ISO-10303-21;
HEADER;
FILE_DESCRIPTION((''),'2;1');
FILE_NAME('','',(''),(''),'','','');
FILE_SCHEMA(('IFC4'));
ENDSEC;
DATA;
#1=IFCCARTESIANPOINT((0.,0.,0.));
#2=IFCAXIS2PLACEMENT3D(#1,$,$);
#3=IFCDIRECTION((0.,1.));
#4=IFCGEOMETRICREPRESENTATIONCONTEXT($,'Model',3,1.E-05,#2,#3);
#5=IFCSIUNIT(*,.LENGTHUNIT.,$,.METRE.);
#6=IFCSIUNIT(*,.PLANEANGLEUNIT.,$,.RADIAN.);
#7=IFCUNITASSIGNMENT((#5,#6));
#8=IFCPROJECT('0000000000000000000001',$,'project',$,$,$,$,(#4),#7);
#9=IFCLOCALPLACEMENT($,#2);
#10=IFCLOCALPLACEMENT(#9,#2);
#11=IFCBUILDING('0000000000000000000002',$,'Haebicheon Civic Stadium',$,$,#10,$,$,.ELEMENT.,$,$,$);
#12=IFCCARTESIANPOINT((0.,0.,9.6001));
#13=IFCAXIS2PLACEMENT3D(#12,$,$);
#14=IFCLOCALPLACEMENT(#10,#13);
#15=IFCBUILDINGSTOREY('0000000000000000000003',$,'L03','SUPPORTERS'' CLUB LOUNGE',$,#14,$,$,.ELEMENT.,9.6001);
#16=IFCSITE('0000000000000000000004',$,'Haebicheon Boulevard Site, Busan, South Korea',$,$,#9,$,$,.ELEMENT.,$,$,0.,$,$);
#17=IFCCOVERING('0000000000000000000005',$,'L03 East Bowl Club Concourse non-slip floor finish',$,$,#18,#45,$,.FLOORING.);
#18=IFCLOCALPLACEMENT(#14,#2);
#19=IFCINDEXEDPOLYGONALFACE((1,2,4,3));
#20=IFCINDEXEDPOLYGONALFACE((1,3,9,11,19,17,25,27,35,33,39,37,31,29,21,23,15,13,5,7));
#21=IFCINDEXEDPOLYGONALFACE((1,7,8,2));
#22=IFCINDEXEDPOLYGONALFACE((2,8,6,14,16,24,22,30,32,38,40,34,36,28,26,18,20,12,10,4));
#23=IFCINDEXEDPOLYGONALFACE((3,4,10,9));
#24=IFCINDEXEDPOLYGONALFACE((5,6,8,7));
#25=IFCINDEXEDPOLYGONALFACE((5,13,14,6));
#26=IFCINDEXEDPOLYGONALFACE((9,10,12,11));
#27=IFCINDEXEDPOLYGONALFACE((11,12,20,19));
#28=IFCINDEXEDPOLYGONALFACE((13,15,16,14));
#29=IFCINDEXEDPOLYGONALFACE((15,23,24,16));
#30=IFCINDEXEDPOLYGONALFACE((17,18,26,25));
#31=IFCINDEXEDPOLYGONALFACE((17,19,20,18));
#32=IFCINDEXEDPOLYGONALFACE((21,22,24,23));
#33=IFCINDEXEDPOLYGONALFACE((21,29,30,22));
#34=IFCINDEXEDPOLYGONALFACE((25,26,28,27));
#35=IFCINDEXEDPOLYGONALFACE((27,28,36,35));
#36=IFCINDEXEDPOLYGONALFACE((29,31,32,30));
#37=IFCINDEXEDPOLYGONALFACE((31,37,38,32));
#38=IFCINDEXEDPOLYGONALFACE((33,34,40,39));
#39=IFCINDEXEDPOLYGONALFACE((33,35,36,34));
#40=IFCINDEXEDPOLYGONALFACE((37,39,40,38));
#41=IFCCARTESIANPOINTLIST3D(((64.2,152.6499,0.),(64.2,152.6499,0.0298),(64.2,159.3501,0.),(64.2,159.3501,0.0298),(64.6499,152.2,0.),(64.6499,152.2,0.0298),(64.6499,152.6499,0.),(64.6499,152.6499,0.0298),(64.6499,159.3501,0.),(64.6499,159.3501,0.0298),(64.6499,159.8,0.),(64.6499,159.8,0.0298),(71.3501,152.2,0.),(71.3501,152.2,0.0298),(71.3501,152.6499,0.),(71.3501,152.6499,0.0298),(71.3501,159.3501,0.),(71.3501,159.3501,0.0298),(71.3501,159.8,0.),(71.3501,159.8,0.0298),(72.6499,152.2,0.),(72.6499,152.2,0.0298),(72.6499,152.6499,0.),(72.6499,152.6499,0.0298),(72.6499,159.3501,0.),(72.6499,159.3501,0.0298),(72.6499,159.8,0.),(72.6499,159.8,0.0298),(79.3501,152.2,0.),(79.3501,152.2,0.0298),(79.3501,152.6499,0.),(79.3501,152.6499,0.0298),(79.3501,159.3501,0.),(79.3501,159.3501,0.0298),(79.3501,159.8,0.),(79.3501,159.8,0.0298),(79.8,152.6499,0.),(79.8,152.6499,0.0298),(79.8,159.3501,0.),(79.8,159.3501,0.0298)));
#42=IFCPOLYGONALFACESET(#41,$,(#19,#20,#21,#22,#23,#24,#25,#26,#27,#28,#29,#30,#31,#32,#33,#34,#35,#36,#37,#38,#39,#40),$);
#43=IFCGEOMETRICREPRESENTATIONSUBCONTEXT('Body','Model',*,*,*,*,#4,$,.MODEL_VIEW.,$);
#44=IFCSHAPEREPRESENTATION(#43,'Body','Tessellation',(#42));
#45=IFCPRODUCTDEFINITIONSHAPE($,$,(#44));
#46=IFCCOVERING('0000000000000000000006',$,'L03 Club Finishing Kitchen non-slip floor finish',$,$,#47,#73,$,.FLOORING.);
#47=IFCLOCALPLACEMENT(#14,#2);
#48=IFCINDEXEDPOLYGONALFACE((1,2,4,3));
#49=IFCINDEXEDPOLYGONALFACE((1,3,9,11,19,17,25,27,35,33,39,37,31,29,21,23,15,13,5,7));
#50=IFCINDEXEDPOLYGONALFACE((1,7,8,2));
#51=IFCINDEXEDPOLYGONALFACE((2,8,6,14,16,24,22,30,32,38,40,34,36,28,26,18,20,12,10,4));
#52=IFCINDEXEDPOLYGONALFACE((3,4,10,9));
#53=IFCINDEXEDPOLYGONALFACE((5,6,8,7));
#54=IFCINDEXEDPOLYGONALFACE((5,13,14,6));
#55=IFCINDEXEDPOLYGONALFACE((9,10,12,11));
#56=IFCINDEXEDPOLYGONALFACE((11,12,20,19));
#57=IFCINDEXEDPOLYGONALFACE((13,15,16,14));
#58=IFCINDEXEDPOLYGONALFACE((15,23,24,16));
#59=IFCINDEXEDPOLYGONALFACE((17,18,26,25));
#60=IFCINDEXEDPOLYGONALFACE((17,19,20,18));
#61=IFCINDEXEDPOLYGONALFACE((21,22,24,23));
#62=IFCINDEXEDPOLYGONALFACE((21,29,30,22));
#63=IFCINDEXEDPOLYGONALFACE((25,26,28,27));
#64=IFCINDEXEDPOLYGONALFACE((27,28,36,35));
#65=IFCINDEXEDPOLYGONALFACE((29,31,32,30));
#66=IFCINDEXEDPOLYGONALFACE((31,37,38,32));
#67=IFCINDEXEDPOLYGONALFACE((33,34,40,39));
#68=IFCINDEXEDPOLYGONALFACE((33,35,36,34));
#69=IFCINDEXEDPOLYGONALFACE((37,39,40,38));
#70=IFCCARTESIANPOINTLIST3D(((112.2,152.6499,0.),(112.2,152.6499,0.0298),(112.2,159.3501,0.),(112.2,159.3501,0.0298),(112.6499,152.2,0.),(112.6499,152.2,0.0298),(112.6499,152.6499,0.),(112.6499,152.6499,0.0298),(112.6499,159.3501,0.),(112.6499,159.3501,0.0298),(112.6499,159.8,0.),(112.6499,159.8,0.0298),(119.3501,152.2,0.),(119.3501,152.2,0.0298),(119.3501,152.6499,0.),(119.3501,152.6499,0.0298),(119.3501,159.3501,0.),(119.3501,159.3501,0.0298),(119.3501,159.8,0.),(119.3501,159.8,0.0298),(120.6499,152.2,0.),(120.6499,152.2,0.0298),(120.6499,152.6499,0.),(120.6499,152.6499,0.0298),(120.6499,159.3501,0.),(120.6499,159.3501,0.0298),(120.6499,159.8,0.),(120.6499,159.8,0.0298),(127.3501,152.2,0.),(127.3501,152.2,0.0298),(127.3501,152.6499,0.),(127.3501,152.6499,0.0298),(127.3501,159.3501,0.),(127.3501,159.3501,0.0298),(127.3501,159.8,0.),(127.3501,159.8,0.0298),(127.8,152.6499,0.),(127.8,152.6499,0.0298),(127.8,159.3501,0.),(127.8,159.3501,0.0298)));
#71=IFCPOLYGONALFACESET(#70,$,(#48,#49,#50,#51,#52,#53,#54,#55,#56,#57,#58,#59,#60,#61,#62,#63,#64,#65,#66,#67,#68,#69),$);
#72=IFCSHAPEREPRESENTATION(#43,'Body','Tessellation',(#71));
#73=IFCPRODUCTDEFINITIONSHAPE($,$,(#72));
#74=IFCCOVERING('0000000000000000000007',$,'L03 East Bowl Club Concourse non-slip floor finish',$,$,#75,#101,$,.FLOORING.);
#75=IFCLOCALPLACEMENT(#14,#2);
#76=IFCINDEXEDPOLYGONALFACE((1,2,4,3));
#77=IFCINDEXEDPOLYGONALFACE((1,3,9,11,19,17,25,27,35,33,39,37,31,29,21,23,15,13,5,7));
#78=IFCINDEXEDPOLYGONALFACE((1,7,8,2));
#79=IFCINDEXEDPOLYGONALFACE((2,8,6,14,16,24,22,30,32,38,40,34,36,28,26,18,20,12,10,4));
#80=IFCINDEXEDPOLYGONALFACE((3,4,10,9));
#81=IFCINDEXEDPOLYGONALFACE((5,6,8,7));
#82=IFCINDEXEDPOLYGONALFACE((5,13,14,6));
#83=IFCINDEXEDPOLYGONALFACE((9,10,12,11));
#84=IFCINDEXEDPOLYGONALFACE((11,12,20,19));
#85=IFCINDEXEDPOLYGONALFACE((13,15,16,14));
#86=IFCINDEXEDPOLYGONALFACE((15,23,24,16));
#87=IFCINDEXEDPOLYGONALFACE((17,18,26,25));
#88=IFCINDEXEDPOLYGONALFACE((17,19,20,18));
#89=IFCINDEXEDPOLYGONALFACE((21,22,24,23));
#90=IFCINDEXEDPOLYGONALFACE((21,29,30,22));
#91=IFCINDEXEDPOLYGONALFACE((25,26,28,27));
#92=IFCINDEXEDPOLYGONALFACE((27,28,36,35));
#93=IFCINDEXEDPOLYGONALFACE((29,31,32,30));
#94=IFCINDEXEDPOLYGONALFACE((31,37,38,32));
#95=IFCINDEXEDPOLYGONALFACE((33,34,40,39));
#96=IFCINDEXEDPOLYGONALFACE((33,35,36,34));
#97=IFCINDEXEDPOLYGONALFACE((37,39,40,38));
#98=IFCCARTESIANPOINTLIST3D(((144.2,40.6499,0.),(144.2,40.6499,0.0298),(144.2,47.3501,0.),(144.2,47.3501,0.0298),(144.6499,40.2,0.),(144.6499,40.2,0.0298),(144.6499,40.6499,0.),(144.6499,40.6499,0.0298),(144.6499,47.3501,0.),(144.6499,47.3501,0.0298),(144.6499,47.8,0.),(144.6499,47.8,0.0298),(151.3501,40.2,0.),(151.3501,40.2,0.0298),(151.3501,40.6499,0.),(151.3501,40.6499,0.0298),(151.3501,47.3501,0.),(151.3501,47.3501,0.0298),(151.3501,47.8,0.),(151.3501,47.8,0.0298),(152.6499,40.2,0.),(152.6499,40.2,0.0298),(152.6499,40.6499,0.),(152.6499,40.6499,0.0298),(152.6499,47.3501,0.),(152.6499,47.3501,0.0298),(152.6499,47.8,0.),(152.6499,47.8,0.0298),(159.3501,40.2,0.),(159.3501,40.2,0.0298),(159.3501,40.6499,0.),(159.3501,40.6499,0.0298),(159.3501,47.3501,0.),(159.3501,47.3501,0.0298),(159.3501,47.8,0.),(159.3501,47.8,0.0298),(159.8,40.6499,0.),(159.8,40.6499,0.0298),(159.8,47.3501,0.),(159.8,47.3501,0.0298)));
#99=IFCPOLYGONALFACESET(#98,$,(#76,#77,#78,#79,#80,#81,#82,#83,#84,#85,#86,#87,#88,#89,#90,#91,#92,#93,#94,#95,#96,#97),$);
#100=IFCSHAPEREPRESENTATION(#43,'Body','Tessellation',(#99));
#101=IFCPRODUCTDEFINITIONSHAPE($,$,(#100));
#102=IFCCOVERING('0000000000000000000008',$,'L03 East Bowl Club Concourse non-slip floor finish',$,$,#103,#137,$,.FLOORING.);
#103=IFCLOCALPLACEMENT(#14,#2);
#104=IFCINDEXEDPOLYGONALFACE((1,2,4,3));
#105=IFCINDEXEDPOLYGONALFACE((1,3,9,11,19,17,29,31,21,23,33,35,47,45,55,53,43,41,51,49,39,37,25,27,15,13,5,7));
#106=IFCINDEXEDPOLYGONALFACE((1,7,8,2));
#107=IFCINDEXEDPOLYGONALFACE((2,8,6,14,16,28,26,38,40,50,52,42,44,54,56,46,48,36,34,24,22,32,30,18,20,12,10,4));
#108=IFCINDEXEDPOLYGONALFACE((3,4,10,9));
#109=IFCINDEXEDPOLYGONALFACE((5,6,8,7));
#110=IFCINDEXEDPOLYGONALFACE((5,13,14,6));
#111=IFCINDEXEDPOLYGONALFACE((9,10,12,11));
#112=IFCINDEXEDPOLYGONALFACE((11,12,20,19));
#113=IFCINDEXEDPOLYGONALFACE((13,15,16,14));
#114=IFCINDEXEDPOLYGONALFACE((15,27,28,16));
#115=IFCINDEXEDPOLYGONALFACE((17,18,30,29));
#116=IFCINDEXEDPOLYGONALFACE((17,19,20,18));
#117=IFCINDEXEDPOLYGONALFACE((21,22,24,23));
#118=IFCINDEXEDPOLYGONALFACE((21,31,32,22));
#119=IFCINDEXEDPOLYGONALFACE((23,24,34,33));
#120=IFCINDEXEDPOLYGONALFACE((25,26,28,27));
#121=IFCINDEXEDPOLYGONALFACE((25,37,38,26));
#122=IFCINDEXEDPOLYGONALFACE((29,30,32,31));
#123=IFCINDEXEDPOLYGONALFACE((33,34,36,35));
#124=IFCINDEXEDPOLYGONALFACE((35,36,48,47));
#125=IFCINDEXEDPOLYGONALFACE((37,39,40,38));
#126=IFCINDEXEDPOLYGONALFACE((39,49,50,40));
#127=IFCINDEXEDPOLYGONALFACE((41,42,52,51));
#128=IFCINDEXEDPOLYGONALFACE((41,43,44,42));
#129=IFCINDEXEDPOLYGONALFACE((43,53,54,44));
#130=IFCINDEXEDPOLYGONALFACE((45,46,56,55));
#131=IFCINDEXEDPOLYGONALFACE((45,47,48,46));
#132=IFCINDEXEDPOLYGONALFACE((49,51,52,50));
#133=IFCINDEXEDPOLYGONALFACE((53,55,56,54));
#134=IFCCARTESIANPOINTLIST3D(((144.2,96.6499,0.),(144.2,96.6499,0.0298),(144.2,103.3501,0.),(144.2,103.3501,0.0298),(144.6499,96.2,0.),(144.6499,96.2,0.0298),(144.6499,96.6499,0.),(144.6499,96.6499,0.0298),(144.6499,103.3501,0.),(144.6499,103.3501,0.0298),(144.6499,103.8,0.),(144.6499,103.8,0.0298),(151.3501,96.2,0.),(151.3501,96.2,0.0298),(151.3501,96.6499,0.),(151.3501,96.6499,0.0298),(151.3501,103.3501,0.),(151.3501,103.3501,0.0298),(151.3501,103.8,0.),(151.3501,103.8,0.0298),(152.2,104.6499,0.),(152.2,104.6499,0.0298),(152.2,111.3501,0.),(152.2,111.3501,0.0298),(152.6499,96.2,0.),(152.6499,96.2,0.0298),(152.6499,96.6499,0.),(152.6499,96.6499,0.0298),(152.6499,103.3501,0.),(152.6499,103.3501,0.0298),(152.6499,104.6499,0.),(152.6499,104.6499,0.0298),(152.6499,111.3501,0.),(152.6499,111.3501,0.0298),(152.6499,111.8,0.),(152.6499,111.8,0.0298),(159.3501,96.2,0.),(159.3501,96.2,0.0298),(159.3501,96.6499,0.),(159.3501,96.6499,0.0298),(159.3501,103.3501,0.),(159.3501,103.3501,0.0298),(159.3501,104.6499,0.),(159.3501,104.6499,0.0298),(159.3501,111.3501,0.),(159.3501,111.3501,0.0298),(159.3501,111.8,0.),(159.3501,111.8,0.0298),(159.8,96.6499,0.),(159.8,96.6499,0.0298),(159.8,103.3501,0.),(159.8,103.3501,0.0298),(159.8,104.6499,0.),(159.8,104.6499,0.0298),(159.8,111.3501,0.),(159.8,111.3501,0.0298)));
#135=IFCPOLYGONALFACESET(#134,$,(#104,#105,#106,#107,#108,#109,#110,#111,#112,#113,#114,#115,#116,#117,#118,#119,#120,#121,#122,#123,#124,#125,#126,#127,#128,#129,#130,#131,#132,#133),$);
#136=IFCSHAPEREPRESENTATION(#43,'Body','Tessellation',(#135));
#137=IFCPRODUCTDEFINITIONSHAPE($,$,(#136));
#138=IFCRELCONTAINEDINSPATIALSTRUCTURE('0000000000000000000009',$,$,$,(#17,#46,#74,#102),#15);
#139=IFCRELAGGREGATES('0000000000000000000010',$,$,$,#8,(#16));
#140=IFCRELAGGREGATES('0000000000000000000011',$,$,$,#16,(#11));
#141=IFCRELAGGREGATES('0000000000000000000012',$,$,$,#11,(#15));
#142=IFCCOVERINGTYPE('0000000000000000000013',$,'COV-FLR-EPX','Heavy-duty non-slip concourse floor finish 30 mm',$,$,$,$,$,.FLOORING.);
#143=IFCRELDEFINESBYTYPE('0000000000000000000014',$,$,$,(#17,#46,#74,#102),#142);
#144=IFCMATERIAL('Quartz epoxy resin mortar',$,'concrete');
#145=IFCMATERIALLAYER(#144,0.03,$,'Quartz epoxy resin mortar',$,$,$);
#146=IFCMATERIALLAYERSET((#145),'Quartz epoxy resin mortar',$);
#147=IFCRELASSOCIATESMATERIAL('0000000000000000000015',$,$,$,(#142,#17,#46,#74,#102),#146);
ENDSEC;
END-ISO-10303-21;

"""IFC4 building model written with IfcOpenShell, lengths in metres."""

from ifc_helpers import new_model, si_unit, direction, frame, origin, place, context, subcontext, project, spatial, polyline, outline, extrude, material, layer, layer_set, type_object, element, save


model = new_model("IFC4")

# Units and contexts
model_context = context("Model", 3, precision=1e-05, world=origin(), true_north=direction((0.0, 1.0)))
body_context = subcontext(model_context, "Body", "Model", "MODEL_VIEW")
ifc_project = project(units=[si_unit("LENGTHUNIT", "METRE"), si_unit("PLANEANGLEUNIT", "RADIAN")], contexts=[model_context])

# Site, building, storey
site_placement = place(None, origin())
site = spatial("IfcSite", under=ifc_project, at=site_placement, Name="Haebicheon Boulevard Site, Busan, South Korea", CompositionType="ELEMENT", RefElevation=0.0)
building_placement = place(site_placement, origin())
building = spatial("IfcBuilding", under=site, at=building_placement, Name="Haebicheon Civic Stadium", CompositionType="ELEMENT")
storey_placement = place(building_placement, frame((0.0, 0.0, 9.6001)))
storey = spatial("IfcBuildingStorey", under=building, at=storey_placement, Name="L03", Description="SUPPORTERS' CLUB LOUNGE", CompositionType="ELEMENT", Elevation=9.6001)

# Coverings
ifc_material_1 = material(Name="Quartz epoxy resin mortar", Category="concrete")
ifc_layer_1 = layer(ifc_material_1, 0.03, Name="Quartz epoxy resin mortar")
ifc_layer_set_1 = layer_set([ifc_layer_1], Name="Quartz epoxy resin mortar")
covering_type_1 = type_object("IfcCoveringType", Name="COV-FLR-EPX", Description="Heavy-duty non-slip concourse floor finish 30 mm", PredefinedType="FLOORING", material=ifc_layer_set_1)
covering_1_placement = place(storey_placement, origin())
element("IfcCovering", 1, at=covering_1_placement, inside=storey, type_object=covering_type_1, material=ifc_layer_set_1, Name="L03 East Bowl Club Concourse non-slip floor finish", PredefinedType="FLOORING", context=body_context, shape_type="SweptSolid", body=[
    extrude(outline(polyline([(64.2, 159.3501), (64.6499, 159.3501), (64.6499, 159.8), (71.3501, 159.8), (71.3501, 159.3501), (72.6499, 159.3501), (72.6499, 159.8), (79.3501, 159.8), (79.3501, 159.3501), (79.8, 159.3501), (79.8, 152.6499), (79.3501, 152.6499), (79.3501, 152.2), (72.6499, 152.2), (72.6499, 152.6499), (71.3501, 152.6499), (71.3501, 152.2), (64.6499, 152.2), (64.6499, 152.6499), (64.2, 152.6499), (64.2, 159.3501)])), origin(), (0.0, 0.0, 1.0), 0.0298),
])
covering_2_placement = place(storey_placement, origin())
element("IfcCovering", 2, at=covering_2_placement, inside=storey, type_object=covering_type_1, material=ifc_layer_set_1, Name="L03 Club Finishing Kitchen non-slip floor finish", PredefinedType="FLOORING", context=body_context, shape_type="SweptSolid", body=[
    extrude(outline(polyline([(112.2, 159.3501), (112.6499, 159.3501), (112.6499, 159.8), (119.3501, 159.8), (119.3501, 159.3501), (120.6499, 159.3501), (120.6499, 159.8), (127.3501, 159.8), (127.3501, 159.3501), (127.8, 159.3501), (127.8, 152.6499), (127.3501, 152.6499), (127.3501, 152.2), (120.6499, 152.2), (120.6499, 152.6499), (119.3501, 152.6499), (119.3501, 152.2), (112.6499, 152.2), (112.6499, 152.6499), (112.2, 152.6499), (112.2, 159.3501)])), origin(), (0.0, 0.0, 1.0), 0.0298),
])
covering_3_placement = place(storey_placement, origin())
element("IfcCovering", 3, at=covering_3_placement, inside=storey, type_object=covering_type_1, material=ifc_layer_set_1, Name="L03 East Bowl Club Concourse non-slip floor finish", PredefinedType="FLOORING", context=body_context, shape_type="SweptSolid", body=[
    extrude(outline(polyline([(144.2, 47.3501), (144.6499, 47.3501), (144.6499, 47.8), (151.3501, 47.8), (151.3501, 47.3501), (152.6499, 47.3501), (152.6499, 47.8), (159.3501, 47.8), (159.3501, 47.3501), (159.8, 47.3501), (159.8, 40.6499), (159.3501, 40.6499), (159.3501, 40.2), (152.6499, 40.2), (152.6499, 40.6499), (151.3501, 40.6499), (151.3501, 40.2), (144.6499, 40.2), (144.6499, 40.6499), (144.2, 40.6499), (144.2, 47.3501)])), origin(), (0.0, 0.0, 1.0), 0.0298),
])
covering_4_placement = place(storey_placement, origin())
element("IfcCovering", 4, at=covering_4_placement, inside=storey, type_object=covering_type_1, material=ifc_layer_set_1, Name="L03 East Bowl Club Concourse non-slip floor finish", PredefinedType="FLOORING", context=body_context, shape_type="SweptSolid", body=[
    extrude(outline(polyline([(144.2, 103.3501), (144.6499, 103.3501), (144.6499, 103.8), (151.3501, 103.8), (151.3501, 103.3501), (152.6499, 103.3501), (152.6499, 104.6499), (152.2, 104.6499), (152.2, 111.3501), (152.6499, 111.3501), (152.6499, 111.8), (159.3501, 111.8), (159.3501, 111.3501), (159.8, 111.3501), (159.8, 104.6499), (159.3501, 104.6499), (159.3501, 103.3501), (159.8, 103.3501), (159.8, 96.6499), (159.3501, 96.6499), (159.3501, 96.2), (152.6499, 96.2), (152.6499, 96.6499), (151.3501, 96.6499), (151.3501, 96.2), (144.6499, 96.2), (144.6499, 96.6499), (144.2, 96.6499), (144.2, 103.3501)])), origin(), (0.0, 0.0, 1.0), 0.0298),
])

save(model, "model.ifc")
